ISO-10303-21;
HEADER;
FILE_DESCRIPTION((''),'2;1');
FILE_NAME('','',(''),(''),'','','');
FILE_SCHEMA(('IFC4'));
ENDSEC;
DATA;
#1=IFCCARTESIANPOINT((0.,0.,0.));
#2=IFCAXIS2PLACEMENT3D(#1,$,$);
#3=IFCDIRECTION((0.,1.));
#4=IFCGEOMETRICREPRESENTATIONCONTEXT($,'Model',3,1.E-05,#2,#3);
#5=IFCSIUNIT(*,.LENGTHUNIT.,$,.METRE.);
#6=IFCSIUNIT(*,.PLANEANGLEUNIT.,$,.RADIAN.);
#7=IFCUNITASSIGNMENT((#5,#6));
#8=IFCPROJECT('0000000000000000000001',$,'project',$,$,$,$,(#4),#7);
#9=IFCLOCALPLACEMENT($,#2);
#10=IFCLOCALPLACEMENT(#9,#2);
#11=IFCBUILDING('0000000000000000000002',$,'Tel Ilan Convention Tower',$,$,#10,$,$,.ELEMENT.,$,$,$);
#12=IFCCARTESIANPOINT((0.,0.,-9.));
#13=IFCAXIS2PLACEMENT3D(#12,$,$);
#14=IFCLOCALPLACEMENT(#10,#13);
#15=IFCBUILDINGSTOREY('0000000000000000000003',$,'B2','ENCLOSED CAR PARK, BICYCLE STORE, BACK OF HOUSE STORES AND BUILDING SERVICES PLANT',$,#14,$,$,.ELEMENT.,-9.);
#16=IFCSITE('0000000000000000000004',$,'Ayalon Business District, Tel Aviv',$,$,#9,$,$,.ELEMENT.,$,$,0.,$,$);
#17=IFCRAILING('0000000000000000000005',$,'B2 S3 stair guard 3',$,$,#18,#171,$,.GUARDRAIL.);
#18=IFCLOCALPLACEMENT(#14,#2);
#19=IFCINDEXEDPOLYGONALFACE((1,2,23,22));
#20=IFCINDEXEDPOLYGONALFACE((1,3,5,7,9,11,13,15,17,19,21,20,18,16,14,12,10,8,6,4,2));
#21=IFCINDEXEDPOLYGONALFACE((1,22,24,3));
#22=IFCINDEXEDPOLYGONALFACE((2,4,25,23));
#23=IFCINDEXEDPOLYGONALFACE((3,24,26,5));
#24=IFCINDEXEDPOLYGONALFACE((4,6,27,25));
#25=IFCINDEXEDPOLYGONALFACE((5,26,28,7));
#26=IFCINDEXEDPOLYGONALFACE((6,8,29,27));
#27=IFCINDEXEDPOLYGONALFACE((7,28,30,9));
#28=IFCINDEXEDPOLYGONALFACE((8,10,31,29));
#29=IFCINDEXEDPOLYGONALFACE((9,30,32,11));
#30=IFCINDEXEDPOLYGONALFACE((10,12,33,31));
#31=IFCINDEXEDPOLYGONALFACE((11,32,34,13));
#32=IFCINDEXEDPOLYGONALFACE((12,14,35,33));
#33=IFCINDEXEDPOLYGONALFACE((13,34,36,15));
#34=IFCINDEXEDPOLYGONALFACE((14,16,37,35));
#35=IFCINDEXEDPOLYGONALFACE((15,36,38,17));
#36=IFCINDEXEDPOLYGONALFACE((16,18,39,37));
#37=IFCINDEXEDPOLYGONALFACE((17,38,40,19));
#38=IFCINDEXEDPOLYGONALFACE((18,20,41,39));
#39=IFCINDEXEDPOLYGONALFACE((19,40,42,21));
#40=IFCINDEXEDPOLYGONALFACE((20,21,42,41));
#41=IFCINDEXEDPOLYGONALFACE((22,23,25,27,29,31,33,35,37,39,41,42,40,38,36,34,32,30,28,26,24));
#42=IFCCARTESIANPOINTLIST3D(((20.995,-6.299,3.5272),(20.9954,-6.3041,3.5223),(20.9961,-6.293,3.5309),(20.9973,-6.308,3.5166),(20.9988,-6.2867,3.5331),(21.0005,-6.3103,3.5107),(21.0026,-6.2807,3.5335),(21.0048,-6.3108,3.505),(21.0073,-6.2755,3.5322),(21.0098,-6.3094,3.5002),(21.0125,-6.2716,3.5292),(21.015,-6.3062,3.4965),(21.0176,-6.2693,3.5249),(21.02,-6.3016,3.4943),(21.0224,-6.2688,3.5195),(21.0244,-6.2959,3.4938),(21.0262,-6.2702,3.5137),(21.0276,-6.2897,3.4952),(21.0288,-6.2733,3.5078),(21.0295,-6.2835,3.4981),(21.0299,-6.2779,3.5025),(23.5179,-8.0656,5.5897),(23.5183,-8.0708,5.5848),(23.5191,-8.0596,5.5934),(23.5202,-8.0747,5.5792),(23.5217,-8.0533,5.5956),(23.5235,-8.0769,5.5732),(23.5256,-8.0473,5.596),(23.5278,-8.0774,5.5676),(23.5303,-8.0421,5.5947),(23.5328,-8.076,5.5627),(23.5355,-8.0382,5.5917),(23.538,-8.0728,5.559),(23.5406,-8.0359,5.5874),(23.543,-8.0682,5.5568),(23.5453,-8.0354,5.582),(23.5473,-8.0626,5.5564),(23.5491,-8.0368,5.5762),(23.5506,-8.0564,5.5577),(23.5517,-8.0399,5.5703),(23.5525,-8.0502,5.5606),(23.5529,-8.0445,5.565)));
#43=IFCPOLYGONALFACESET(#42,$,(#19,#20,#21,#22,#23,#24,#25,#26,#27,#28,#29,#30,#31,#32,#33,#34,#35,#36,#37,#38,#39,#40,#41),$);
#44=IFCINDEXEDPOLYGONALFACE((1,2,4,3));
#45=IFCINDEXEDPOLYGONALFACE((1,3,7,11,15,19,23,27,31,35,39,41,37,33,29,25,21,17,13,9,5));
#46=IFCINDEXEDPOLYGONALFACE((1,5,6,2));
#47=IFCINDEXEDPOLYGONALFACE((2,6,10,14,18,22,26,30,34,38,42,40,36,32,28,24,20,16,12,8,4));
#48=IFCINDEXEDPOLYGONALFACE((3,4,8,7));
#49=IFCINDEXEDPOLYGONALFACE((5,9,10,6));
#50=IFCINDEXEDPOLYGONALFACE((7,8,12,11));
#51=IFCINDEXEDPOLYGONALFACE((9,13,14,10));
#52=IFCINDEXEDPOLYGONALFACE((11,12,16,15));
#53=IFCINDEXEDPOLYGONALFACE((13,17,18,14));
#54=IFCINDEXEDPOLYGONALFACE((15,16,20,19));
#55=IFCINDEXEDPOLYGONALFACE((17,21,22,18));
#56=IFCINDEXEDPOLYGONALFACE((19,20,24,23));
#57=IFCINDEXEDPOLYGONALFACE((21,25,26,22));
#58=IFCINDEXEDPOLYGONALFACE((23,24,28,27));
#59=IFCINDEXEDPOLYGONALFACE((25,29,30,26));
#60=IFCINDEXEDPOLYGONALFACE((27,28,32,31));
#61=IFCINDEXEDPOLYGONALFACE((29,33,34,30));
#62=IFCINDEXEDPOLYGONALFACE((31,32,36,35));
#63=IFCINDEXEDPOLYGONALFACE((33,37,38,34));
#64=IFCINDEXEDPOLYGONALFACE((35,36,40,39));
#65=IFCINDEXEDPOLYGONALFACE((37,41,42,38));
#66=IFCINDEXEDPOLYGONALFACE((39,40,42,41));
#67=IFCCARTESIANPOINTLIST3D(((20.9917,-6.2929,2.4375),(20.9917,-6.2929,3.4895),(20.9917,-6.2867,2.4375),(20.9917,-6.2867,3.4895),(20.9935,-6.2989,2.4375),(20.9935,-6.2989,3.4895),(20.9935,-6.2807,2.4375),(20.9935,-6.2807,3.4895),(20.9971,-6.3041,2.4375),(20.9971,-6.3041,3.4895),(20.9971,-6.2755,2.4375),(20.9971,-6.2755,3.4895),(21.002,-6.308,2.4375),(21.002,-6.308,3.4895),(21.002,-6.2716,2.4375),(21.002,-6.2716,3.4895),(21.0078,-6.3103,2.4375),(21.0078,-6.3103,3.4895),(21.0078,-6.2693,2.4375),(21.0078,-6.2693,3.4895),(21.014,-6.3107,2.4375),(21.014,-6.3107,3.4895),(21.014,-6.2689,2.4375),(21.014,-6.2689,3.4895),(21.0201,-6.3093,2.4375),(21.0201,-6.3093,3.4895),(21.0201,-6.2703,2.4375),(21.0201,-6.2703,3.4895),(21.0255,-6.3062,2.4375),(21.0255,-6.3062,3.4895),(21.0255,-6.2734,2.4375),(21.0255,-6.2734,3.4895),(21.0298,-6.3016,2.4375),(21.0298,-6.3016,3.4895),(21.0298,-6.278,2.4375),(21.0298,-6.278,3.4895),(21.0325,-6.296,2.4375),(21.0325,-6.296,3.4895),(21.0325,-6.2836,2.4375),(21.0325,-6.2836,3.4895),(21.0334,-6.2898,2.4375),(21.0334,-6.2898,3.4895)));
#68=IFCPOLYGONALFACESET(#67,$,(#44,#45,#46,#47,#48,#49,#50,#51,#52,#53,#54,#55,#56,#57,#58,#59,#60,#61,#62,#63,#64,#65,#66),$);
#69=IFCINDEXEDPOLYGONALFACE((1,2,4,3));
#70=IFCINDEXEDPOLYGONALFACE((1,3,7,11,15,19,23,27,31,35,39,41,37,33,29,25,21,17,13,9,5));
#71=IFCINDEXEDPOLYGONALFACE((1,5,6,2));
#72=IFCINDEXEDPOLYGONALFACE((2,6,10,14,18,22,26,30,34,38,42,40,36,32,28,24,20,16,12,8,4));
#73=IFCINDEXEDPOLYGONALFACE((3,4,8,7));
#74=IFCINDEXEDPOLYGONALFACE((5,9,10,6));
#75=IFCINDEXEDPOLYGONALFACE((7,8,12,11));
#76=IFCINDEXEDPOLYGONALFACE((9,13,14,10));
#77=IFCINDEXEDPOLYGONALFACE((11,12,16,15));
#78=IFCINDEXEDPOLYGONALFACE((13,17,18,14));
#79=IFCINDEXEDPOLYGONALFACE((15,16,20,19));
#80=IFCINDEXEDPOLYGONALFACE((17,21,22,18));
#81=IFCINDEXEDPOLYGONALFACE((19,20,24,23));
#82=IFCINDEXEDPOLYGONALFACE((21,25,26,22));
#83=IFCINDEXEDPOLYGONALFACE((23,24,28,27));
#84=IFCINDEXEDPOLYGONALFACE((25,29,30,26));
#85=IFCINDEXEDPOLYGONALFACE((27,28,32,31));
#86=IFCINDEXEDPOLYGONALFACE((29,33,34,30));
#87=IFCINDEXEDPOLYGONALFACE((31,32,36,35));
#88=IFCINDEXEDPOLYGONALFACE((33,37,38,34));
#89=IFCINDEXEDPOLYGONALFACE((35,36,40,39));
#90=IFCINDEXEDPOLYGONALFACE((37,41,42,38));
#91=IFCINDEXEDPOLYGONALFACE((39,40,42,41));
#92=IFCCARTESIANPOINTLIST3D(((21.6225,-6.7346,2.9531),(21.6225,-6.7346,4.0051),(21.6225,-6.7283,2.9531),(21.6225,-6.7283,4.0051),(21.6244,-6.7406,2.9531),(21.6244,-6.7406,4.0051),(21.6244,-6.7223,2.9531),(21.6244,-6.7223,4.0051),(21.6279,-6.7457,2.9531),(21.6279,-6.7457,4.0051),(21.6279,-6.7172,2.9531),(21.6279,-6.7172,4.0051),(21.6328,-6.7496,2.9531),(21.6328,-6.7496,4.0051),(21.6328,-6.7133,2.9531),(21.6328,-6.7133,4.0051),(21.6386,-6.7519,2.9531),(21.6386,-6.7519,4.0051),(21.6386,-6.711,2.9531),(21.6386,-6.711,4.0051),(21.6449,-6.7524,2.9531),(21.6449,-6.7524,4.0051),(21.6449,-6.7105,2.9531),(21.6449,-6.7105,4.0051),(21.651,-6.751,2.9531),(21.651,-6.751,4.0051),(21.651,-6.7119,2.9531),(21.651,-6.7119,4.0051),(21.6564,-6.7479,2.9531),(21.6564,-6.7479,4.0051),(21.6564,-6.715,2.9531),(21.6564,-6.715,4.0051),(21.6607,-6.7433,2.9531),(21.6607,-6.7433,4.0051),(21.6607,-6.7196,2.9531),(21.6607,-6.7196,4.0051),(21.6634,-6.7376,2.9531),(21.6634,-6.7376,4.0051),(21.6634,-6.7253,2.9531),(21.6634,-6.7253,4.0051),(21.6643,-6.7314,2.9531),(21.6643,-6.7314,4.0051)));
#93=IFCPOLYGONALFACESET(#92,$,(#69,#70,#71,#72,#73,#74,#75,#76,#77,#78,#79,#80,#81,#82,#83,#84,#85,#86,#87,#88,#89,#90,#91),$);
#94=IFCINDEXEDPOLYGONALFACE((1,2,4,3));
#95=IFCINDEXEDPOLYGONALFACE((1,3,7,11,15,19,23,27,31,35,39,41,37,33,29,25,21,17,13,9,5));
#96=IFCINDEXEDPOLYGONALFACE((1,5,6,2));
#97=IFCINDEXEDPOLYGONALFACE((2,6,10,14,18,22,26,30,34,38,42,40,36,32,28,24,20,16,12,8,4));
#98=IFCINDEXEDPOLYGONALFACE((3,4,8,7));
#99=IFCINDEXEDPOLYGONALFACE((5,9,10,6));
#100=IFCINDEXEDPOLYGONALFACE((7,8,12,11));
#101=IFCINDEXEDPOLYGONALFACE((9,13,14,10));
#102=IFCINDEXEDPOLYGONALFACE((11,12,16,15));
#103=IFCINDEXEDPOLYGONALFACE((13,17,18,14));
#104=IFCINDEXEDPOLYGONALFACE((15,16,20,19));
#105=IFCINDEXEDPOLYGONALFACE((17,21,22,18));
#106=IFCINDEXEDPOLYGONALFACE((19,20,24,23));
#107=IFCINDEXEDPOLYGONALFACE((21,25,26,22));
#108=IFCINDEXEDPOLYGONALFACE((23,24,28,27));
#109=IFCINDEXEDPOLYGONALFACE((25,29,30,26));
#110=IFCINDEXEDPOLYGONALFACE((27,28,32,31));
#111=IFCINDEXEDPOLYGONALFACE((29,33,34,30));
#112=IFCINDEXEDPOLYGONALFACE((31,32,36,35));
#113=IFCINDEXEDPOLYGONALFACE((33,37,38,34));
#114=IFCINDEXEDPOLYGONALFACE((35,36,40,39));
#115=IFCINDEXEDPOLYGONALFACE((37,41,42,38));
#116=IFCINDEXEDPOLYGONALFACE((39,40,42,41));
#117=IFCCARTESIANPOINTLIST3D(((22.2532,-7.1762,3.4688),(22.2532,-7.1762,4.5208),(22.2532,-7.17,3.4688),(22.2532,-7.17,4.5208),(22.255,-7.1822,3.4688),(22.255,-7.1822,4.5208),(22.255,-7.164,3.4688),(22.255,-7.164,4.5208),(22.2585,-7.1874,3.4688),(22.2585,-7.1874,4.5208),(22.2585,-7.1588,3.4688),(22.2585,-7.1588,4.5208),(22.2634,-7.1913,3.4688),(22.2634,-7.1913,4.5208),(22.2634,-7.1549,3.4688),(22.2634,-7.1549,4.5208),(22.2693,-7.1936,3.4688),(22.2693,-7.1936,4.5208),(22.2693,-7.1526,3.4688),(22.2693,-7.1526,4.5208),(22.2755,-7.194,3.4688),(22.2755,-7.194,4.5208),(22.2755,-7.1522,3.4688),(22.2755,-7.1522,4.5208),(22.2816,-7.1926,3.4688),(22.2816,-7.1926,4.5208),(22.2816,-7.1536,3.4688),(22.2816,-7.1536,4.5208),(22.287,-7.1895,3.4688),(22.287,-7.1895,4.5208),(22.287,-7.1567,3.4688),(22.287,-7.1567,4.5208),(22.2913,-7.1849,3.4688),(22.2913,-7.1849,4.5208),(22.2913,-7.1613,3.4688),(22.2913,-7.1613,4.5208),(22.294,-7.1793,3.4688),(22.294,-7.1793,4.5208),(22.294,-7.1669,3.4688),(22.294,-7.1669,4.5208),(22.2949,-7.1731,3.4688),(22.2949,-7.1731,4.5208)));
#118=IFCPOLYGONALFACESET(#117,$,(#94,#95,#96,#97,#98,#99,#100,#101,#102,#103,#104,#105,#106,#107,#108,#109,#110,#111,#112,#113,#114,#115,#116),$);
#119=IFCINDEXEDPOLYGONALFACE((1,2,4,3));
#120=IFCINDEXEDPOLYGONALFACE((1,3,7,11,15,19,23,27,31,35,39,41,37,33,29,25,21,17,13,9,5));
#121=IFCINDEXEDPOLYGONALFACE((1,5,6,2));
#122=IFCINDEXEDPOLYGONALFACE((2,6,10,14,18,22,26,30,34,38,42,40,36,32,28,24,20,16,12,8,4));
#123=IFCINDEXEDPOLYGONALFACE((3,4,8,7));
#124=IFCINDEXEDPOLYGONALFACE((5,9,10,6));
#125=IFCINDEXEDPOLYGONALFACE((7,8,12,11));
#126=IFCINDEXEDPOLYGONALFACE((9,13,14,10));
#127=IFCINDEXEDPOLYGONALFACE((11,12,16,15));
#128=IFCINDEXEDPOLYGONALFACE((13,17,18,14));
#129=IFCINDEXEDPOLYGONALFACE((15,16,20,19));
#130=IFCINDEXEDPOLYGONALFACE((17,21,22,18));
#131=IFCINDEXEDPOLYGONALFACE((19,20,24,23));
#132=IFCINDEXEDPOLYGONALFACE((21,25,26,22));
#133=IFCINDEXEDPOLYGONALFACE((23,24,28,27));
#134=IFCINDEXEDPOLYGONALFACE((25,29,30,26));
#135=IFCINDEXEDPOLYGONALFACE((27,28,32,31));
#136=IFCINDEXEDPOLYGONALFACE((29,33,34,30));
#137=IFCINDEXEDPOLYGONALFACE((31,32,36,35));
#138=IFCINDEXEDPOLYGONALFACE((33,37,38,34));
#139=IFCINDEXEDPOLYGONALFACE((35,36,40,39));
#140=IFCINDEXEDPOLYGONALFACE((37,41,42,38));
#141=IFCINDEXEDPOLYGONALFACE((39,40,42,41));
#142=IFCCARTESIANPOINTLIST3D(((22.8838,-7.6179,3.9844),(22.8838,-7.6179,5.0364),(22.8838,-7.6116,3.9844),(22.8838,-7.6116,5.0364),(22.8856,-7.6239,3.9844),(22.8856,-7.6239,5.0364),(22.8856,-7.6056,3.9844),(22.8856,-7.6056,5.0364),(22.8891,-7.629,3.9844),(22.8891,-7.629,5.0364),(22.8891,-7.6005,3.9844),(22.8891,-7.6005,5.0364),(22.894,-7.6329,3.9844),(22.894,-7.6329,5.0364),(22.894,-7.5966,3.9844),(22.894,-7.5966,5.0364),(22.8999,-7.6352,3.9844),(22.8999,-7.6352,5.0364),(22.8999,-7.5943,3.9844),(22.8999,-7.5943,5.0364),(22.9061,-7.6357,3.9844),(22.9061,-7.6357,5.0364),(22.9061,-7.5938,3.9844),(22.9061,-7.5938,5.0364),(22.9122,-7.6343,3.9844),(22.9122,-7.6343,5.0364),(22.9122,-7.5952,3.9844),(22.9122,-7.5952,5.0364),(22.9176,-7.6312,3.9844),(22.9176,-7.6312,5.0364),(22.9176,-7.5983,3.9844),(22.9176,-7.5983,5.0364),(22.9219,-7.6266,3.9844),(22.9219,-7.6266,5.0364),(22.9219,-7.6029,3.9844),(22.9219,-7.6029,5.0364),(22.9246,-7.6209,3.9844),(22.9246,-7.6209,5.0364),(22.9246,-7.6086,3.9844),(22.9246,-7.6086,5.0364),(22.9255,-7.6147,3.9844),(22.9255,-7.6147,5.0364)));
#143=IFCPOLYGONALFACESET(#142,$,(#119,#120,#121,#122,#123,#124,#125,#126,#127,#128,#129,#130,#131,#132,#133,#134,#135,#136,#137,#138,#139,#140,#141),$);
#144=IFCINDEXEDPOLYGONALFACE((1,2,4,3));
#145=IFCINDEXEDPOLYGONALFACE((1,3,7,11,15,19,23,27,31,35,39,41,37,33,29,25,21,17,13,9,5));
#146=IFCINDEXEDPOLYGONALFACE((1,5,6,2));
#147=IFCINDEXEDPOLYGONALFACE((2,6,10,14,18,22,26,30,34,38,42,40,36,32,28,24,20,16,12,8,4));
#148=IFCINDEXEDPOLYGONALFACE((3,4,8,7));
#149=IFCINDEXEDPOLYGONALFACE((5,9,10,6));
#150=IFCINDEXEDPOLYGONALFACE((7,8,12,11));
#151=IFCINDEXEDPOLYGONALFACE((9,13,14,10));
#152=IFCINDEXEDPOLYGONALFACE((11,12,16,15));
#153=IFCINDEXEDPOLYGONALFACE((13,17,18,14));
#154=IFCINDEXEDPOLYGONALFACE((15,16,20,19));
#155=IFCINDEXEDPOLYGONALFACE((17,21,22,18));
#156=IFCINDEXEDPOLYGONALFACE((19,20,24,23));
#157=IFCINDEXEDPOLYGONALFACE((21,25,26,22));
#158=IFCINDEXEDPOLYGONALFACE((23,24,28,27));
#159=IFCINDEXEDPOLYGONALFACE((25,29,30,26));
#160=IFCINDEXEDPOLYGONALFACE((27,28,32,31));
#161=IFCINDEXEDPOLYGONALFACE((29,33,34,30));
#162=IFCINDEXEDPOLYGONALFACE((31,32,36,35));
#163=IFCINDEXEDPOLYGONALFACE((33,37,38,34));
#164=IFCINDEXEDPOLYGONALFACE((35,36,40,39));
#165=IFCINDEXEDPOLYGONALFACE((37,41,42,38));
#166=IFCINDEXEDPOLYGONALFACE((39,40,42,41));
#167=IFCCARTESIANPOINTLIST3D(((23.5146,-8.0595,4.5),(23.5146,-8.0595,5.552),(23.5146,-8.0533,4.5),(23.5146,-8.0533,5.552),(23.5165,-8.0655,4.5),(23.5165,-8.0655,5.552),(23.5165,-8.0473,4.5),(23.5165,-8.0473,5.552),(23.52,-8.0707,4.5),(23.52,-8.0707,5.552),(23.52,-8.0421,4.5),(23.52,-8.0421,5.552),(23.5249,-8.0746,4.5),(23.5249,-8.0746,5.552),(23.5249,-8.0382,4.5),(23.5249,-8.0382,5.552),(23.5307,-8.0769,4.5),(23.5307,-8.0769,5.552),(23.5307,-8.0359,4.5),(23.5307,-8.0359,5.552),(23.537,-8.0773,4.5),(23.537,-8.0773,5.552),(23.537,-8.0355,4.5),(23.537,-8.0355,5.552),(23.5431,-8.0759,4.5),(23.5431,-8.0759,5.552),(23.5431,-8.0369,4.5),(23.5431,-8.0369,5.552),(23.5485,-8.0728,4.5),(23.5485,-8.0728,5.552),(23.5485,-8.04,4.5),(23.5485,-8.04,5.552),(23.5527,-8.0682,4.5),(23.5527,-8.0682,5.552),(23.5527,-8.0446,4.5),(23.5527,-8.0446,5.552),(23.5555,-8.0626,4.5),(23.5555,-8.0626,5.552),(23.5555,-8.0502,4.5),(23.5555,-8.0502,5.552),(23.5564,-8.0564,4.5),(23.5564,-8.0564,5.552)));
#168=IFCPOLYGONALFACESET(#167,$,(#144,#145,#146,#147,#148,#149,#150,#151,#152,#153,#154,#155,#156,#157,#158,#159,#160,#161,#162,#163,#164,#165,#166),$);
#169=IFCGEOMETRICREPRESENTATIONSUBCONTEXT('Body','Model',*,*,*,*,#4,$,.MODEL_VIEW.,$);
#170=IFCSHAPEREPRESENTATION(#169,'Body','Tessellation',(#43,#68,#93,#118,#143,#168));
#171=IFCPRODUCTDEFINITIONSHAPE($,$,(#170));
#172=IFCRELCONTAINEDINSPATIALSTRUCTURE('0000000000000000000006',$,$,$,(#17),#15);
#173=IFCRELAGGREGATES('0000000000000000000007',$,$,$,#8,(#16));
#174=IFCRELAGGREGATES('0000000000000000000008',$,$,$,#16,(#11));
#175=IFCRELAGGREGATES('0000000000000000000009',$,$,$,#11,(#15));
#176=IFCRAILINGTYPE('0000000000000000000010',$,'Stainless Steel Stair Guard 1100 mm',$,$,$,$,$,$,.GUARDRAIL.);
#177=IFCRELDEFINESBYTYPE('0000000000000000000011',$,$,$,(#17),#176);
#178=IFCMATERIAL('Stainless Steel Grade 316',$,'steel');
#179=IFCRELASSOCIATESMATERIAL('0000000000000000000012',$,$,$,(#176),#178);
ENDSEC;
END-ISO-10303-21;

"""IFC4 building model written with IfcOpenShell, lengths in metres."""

from ifc_helpers import new_model, si_unit, direction, frame, origin, origin_2d, place, context, subcontext, project, spatial, circle, extrude, material, type_object, element, save


model = new_model("IFC4")

# Units and contexts
model_context = context("Model", 3, precision=1e-05, world=origin(), true_north=direction((0.0, 1.0)))
body_context = subcontext(model_context, "Body", "Model", "MODEL_VIEW")
ifc_project = project(units=[si_unit("LENGTHUNIT", "METRE"), si_unit("PLANEANGLEUNIT", "RADIAN")], contexts=[model_context])

# Site, building, storey
site_placement = place(None, origin())
site = spatial("IfcSite", under=ifc_project, at=site_placement, Name="Ayalon Business District, Tel Aviv", CompositionType="ELEMENT", RefElevation=0.0)
building_placement = place(site_placement, origin())
building = spatial("IfcBuilding", under=site, at=building_placement, Name="Tel Ilan Convention Tower", CompositionType="ELEMENT")
storey_placement = place(building_placement, frame((0.0, 0.0, -9.0)))
storey = spatial("IfcBuildingStorey", under=building, at=storey_placement, Name="B2", Description="ENCLOSED CAR PARK, BICYCLE STORE, BACK OF HOUSE STORES AND BUILDING SERVICES PLANT", CompositionType="ELEMENT", Elevation=-9.0)

# Railing
ifc_material_1 = material(Name="Stainless Steel Grade 316", Category="steel")
railing_type_1 = type_object("IfcRailingType", Name="Stainless Steel Stair Guard 1100 mm", PredefinedType="GUARDRAIL", material=ifc_material_1)
railing_1_placement = place(storey_placement, frame((21.0125, -6.2898, 2.4375)))
element("IfcRailing", 1, at=railing_1_placement, inside=storey, type_object=railing_type_1, Name="B2 S3 stair guard 3", PredefinedType="GUARDRAIL", context=body_context, shape_type="SweptSolid", body=[
    extrude(circle(Radius=0.0239, at=origin_2d()), frame((0.0, 0.0, 1.0762), z_axis=(0.680635, -0.476589, 0.556416), x_axis=(0.573579, 0.81915, 0.0)), (0.0, 0.0, 1.0), 3.7068),
    extrude(circle(Radius=0.021, at=origin_2d()), origin(), (0.0, 0.0, 1.0), 1.052),
    extrude(circle(Radius=0.021, at=origin_2d()), frame((0.6309, -0.4417, 0.5156)), (0.0, 0.0, 1.0), 1.052),
    extrude(circle(Radius=0.021, at=origin_2d()), frame((1.2615, -0.8833, 1.0312)), (0.0, 0.0, 1.0), 1.052),
    extrude(circle(Radius=0.021, at=origin_2d()), frame((1.8921, -1.325, 1.5469)), (0.0, 0.0, 1.0), 1.052),
    extrude(circle(Radius=0.021, at=origin_2d()), frame((2.5229, -1.7666, 2.0625)), (0.0, 0.0, 1.0), 1.052),
])

save(model, "model.ifc")
